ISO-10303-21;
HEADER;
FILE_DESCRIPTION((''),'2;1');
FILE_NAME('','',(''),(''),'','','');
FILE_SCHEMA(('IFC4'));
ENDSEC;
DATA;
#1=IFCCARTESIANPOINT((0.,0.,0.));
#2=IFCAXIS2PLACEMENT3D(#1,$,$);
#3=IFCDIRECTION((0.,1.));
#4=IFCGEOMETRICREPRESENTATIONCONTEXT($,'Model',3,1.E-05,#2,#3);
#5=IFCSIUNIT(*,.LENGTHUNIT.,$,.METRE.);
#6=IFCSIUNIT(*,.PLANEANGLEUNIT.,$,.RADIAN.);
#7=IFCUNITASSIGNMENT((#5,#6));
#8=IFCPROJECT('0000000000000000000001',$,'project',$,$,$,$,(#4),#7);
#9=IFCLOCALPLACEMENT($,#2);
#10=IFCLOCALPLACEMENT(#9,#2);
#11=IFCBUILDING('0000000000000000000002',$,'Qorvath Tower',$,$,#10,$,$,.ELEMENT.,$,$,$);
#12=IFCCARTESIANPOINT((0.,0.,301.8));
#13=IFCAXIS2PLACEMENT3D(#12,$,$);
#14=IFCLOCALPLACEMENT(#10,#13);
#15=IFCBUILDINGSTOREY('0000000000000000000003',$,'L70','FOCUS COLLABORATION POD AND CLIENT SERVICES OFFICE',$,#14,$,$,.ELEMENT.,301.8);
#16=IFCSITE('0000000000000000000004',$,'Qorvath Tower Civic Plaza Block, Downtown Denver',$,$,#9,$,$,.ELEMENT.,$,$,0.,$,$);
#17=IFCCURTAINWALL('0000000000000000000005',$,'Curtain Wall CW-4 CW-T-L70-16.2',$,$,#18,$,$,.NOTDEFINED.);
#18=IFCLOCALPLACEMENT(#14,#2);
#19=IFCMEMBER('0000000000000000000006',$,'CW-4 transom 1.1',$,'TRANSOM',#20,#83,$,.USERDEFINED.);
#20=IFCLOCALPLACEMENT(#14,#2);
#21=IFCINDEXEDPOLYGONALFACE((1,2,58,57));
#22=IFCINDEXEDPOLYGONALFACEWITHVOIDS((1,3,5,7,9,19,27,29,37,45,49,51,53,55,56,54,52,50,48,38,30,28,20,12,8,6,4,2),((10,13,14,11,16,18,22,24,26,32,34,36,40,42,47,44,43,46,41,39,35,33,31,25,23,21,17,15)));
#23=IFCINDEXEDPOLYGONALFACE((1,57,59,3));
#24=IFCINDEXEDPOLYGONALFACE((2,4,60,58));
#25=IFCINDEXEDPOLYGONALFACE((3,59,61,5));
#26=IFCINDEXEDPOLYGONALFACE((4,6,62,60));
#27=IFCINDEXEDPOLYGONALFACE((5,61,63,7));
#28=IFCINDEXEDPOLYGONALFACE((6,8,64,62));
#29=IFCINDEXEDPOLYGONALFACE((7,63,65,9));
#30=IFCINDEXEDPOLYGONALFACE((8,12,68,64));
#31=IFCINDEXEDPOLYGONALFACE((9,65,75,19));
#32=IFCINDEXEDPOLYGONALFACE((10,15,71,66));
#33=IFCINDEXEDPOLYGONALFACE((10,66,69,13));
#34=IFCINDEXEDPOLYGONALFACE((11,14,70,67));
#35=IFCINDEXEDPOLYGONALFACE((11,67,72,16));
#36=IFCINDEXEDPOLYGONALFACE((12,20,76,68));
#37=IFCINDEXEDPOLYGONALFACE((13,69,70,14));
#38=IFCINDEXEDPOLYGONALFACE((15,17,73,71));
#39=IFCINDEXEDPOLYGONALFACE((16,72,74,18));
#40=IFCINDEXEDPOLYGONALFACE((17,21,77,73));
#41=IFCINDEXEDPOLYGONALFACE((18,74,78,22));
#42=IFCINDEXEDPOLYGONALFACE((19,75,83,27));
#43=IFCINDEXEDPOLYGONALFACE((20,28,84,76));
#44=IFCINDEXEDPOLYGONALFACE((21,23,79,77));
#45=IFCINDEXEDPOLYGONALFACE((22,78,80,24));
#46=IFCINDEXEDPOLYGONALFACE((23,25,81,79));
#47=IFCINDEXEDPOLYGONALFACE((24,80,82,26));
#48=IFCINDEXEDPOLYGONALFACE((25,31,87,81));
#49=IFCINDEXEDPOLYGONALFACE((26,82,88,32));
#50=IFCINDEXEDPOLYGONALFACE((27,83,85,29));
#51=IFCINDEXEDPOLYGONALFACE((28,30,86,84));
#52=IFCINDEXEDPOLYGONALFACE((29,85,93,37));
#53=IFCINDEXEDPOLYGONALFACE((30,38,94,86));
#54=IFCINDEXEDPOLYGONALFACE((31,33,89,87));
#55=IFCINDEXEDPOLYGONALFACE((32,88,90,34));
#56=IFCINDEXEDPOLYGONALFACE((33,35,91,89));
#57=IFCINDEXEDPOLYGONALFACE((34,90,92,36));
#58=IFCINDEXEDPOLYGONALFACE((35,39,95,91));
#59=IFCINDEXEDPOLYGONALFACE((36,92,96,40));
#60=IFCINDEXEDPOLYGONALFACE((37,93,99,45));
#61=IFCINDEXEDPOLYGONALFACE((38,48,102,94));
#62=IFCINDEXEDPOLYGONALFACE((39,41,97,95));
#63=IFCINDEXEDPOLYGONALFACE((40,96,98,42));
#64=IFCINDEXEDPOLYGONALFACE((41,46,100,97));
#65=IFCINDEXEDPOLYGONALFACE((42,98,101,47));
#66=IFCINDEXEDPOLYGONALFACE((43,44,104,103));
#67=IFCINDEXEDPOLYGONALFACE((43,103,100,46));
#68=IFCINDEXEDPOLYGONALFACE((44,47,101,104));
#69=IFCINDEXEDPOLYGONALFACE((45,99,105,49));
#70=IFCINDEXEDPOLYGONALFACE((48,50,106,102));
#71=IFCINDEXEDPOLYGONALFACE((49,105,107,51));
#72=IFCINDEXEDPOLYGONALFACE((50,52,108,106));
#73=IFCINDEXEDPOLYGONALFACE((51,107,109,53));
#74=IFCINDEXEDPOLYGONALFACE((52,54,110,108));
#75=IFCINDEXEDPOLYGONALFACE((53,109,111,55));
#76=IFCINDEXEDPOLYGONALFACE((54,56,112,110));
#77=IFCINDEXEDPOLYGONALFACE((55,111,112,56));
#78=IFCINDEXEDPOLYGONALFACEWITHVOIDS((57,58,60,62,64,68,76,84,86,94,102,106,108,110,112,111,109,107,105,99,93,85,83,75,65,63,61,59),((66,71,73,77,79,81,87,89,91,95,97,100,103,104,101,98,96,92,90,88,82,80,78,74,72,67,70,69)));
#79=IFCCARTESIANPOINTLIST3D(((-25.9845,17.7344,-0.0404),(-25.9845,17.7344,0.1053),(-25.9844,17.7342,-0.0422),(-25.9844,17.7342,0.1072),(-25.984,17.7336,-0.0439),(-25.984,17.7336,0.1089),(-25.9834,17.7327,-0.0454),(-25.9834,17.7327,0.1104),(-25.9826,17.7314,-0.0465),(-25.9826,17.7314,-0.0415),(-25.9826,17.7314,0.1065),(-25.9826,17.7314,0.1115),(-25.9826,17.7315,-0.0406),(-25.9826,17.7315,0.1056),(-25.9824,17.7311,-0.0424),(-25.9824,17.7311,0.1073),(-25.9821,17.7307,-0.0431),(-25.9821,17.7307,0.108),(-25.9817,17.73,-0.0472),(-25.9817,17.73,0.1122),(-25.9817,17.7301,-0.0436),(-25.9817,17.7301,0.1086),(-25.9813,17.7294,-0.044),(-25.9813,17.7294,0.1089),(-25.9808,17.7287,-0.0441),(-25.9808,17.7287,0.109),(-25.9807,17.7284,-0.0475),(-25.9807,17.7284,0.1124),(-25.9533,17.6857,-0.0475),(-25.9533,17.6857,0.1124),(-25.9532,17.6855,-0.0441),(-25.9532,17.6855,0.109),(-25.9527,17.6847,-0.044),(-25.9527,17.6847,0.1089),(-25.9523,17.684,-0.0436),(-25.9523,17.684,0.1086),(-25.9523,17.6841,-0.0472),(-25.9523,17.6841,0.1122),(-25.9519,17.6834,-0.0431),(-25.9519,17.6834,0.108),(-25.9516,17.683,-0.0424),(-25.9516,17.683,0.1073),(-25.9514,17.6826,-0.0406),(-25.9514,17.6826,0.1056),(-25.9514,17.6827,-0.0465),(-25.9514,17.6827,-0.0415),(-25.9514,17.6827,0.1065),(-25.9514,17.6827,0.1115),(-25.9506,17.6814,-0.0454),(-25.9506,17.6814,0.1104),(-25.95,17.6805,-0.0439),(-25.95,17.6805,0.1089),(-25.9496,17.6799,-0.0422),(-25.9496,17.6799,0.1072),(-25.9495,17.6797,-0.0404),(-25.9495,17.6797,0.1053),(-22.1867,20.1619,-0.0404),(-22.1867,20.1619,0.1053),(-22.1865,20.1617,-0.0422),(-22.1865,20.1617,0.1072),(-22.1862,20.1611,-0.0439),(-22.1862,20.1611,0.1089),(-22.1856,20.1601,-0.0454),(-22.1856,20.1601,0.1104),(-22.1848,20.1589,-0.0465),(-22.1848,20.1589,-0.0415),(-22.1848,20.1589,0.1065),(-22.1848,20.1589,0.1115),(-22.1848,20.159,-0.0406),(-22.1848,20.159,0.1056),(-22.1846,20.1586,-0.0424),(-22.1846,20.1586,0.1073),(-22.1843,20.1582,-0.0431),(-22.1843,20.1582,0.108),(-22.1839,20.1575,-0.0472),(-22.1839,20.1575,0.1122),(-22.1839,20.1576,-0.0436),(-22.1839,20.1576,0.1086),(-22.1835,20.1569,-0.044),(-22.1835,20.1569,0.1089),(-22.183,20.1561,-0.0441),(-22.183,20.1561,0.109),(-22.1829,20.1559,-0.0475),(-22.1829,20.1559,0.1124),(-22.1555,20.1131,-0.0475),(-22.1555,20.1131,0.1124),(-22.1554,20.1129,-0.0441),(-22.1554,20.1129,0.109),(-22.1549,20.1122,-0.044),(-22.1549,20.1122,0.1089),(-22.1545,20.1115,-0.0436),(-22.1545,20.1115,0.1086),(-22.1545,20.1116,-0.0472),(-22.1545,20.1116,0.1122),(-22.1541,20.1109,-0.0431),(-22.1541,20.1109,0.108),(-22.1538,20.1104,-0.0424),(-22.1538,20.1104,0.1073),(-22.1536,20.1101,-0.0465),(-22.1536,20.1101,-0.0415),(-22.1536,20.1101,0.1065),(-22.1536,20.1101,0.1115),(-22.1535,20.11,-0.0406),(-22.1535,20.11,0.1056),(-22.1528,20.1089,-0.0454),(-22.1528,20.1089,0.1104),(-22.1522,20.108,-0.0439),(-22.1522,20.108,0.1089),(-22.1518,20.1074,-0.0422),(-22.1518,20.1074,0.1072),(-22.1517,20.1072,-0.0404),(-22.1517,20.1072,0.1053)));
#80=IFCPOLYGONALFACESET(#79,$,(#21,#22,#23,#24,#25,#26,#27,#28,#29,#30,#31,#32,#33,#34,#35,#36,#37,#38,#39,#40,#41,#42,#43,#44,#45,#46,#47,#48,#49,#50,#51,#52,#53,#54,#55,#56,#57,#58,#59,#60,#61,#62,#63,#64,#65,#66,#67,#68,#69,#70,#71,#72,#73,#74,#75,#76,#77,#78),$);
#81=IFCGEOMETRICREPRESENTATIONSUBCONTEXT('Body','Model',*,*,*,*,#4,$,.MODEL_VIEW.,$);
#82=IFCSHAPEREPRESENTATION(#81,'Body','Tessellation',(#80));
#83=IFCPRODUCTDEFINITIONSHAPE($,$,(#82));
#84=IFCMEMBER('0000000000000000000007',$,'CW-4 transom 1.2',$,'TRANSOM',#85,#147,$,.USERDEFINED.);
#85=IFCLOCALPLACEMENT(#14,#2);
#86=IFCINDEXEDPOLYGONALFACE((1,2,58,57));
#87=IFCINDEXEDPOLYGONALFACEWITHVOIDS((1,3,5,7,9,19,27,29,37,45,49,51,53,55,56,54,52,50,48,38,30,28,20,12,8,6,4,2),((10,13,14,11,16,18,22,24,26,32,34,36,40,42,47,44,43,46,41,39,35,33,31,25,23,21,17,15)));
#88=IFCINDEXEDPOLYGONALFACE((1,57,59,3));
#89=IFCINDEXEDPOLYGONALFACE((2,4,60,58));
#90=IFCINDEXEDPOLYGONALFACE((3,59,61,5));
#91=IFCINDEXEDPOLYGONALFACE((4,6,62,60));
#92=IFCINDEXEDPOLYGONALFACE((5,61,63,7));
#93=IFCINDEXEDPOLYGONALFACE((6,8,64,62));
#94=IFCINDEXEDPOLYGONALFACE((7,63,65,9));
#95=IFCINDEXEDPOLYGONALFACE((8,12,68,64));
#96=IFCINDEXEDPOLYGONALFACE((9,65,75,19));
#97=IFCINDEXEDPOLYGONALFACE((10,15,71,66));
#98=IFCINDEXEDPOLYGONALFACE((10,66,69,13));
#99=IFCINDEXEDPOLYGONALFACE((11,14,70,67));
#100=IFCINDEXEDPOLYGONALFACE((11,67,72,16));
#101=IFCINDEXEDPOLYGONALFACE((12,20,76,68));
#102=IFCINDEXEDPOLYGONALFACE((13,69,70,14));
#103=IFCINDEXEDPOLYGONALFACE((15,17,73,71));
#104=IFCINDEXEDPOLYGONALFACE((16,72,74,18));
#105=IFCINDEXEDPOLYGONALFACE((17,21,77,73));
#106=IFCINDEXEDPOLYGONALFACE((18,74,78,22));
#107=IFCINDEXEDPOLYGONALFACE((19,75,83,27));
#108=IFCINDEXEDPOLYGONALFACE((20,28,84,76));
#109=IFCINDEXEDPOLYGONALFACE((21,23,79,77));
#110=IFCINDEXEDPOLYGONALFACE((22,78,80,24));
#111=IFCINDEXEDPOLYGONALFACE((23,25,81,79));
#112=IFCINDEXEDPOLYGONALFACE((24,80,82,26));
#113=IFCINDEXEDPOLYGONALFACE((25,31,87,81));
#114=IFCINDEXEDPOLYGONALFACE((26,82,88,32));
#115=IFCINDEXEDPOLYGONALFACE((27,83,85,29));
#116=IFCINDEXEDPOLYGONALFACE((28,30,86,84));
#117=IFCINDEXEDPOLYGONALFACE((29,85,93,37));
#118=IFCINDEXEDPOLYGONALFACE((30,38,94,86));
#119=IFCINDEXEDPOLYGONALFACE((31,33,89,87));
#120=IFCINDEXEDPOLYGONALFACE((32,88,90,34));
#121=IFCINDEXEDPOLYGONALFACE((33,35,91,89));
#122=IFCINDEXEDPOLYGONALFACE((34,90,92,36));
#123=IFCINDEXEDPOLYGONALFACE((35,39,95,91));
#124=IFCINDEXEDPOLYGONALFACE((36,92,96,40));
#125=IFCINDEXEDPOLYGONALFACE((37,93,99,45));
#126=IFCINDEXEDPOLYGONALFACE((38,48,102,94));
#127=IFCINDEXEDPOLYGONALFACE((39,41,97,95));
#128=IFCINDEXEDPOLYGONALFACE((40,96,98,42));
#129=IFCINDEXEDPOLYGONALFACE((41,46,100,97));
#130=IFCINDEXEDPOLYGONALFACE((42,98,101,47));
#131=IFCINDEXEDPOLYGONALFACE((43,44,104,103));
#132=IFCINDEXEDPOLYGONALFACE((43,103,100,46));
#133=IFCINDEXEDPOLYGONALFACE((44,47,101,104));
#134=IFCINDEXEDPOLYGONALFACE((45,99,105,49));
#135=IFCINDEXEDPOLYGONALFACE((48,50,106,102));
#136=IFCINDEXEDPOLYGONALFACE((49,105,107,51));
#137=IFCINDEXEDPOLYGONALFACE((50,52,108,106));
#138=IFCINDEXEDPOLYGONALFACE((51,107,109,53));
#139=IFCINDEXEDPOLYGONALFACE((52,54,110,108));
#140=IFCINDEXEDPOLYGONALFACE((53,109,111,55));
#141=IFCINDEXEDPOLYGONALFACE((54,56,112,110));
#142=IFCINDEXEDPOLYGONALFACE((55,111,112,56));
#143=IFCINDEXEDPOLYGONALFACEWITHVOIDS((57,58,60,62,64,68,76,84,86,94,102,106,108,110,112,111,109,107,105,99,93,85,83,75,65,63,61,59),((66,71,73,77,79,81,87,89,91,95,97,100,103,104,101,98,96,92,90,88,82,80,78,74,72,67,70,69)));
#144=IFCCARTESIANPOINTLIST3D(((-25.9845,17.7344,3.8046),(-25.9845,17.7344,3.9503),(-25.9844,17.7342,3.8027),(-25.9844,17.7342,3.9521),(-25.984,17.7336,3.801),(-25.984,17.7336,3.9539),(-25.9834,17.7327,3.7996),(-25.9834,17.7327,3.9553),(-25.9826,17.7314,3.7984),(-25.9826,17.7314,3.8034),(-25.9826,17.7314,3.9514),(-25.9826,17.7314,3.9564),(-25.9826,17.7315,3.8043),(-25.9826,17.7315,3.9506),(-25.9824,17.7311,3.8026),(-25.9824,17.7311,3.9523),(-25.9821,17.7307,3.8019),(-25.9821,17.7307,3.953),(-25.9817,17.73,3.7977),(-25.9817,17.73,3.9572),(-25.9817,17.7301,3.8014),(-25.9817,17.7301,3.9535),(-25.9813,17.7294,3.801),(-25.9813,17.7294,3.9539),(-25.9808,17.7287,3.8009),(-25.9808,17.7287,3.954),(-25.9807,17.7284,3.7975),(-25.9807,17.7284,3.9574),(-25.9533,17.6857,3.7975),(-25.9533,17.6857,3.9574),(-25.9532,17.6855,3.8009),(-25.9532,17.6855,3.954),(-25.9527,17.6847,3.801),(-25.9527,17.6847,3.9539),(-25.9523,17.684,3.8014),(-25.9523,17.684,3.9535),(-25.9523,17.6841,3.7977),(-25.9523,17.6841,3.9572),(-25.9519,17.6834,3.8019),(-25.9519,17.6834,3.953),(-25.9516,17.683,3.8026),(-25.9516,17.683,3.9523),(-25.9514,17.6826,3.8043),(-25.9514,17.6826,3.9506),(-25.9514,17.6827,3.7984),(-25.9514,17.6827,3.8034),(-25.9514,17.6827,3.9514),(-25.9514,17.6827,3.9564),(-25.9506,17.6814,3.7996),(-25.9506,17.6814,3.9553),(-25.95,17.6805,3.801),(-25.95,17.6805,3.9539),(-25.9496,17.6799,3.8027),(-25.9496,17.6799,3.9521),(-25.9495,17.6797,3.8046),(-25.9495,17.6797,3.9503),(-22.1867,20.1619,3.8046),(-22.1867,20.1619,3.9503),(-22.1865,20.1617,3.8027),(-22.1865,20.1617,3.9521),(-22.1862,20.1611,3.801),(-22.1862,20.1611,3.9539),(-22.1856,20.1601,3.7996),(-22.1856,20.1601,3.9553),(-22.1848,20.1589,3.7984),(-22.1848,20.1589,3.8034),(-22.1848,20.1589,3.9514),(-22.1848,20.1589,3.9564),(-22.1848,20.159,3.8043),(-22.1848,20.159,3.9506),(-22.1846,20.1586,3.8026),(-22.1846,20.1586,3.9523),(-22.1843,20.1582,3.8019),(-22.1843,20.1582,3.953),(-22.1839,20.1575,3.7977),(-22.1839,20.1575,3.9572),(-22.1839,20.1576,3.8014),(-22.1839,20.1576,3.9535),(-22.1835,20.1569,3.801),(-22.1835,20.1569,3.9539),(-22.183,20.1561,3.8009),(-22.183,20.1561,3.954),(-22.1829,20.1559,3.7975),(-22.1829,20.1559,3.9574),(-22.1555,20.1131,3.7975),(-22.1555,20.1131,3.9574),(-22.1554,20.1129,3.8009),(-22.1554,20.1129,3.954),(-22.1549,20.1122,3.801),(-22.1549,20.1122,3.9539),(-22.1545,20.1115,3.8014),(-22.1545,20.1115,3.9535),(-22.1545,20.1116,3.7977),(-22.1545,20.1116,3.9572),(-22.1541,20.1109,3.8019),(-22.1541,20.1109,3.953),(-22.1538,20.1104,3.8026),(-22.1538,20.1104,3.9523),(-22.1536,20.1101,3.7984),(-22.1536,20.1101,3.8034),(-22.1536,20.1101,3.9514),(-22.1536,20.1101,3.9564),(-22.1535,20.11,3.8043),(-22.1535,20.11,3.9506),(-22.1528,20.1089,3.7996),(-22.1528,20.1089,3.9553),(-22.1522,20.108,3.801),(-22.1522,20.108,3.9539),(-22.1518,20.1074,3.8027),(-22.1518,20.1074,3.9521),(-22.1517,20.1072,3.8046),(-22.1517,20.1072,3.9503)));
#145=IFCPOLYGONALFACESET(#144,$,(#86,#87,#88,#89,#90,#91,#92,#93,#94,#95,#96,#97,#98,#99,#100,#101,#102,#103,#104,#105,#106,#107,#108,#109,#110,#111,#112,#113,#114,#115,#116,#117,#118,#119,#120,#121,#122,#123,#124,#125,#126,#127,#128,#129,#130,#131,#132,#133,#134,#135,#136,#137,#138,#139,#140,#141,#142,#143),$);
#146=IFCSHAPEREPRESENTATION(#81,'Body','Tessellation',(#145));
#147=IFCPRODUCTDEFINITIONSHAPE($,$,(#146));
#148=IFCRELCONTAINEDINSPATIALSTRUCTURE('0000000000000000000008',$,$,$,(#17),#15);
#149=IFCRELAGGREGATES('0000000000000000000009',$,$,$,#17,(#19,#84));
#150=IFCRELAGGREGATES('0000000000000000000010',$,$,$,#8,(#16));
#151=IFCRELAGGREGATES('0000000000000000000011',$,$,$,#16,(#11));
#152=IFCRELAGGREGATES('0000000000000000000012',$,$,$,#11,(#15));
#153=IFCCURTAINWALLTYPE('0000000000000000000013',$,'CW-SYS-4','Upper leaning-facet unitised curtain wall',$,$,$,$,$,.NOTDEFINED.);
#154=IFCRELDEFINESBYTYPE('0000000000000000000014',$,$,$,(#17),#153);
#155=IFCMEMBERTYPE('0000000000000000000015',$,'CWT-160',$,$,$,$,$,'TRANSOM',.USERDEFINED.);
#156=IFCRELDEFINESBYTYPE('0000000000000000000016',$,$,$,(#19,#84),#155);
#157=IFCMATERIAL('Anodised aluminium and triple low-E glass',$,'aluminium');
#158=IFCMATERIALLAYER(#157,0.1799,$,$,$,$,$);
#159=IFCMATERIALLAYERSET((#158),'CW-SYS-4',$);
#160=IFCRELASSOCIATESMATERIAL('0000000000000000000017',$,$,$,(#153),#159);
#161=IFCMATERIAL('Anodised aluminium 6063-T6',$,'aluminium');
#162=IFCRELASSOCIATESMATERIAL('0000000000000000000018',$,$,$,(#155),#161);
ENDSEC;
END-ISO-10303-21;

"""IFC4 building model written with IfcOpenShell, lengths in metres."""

from ifc_helpers import new_model, si_unit, direction, frame, origin, origin_2d, place, context, subcontext, project, spatial, hollow_rectangle, extrude, material, layer, layer_set, material_profile, profile_set, type_object, element, aggregate, save


model = new_model("IFC4")

# Units and contexts
model_context = context("Model", 3, precision=1e-05, world=origin(), true_north=direction((0.0, 1.0)))
body_context = subcontext(model_context, "Body", "Model", "MODEL_VIEW")
ifc_project = project(units=[si_unit("LENGTHUNIT", "METRE"), si_unit("PLANEANGLEUNIT", "RADIAN")], contexts=[model_context])

# Site, building, storey
site_placement = place(None, origin())
site = spatial("IfcSite", under=ifc_project, at=site_placement, Name="Qorvath Tower Civic Plaza Block, Downtown Denver", CompositionType="ELEMENT", RefElevation=0.0)
building_placement = place(site_placement, origin())
building = spatial("IfcBuilding", under=site, at=building_placement, Name="Qorvath Tower", CompositionType="ELEMENT")
storey_placement = place(building_placement, frame((0.0, 0.0, 301.8)))
storey = spatial("IfcBuildingStorey", under=building, at=storey_placement, Name="L70", Description="FOCUS COLLABORATION POD AND CLIENT SERVICES OFFICE", CompositionType="ELEMENT", Elevation=301.8)

# Shared definitions
ifc_material_1 = material(Name="Anodised aluminium and triple low-E glass", Category="aluminium")
ifc_layer_1 = layer(ifc_material_1, 0.1799)
ifc_layer_set_1 = layer_set([ifc_layer_1], Name="CW-SYS-4")
curtain_wall_type = type_object("IfcCurtainWallType", Name="CW-SYS-4", Description="Upper leaning-facet unitised curtain wall", PredefinedType="NOTDEFINED", material=ifc_layer_set_1)

# Curtain wall, members
curtain_wall_1_placement = place(storey_placement, origin())
curtain_wall_1 = element("IfcCurtainWall", 1, at=curtain_wall_1_placement, inside=storey, type_object=curtain_wall_type, Name="Curtain Wall CW-4 CW-T-L70-16.2", PredefinedType="NOTDEFINED")
ifc_material_2 = material(Name="Anodised aluminium 6063-T6", Category="aluminium")
ifc_material_profile_1 = material_profile(ifc_material_2, hollow_rectangle(XDim=0.0649, YDim=0.1599, WallThickness=0.0034, InnerFilletRadius=0.0034, OuterFilletRadius=0.0071, at=origin_2d()), Name="CWT 160x65")
ifc_profile_set_1 = profile_set([ifc_material_profile_1], Name="Anodised aluminium 6063-T6")
member_type_1 = type_object("IfcMemberType", Name="CWT-160", ElementType="TRANSOM", PredefinedType="USERDEFINED", material=ifc_profile_set_1)
member_1_placement = place(storey_placement, frame((-22.1692, 20.1345, 0.0325), z_axis=(-0.842587, -0.53856, 0.0), x_axis=(0.53856, -0.842587, 0.0)))
member_1 = element("IfcMember", 2, at=member_1_placement, type_object=member_type_1, Name="CW-4 transom 1.1", ObjectType="TRANSOM", PredefinedType="USERDEFINED", context=body_context, shape_type="SweptSolid", body=[
    extrude(hollow_rectangle(XDim=0.0649, YDim=0.1599, WallThickness=0.0034, InnerFilletRadius=0.0034, OuterFilletRadius=0.0071, at=origin_2d()), origin(), (0.0, 0.0, 1.0), 4.5073),
])
member_2_placement = place(storey_placement, frame((-22.1692, 20.1345, 3.8774), z_axis=(-0.842587, -0.53856, 0.0), x_axis=(0.53856, -0.842587, 0.0)))
member_2 = element("IfcMember", 3, at=member_2_placement, type_object=member_type_1, Name="CW-4 transom 1.2", ObjectType="TRANSOM", PredefinedType="USERDEFINED", context=body_context, shape_type="SweptSolid", body=[
    extrude(hollow_rectangle(XDim=0.0649, YDim=0.1599, WallThickness=0.0034, InnerFilletRadius=0.0034, OuterFilletRadius=0.0071, at=origin_2d()), origin(), (0.0, 0.0, 1.0), 4.5073),
])
aggregate(curtain_wall_1, [member_1, member_2])

save(model, "model.ifc")
